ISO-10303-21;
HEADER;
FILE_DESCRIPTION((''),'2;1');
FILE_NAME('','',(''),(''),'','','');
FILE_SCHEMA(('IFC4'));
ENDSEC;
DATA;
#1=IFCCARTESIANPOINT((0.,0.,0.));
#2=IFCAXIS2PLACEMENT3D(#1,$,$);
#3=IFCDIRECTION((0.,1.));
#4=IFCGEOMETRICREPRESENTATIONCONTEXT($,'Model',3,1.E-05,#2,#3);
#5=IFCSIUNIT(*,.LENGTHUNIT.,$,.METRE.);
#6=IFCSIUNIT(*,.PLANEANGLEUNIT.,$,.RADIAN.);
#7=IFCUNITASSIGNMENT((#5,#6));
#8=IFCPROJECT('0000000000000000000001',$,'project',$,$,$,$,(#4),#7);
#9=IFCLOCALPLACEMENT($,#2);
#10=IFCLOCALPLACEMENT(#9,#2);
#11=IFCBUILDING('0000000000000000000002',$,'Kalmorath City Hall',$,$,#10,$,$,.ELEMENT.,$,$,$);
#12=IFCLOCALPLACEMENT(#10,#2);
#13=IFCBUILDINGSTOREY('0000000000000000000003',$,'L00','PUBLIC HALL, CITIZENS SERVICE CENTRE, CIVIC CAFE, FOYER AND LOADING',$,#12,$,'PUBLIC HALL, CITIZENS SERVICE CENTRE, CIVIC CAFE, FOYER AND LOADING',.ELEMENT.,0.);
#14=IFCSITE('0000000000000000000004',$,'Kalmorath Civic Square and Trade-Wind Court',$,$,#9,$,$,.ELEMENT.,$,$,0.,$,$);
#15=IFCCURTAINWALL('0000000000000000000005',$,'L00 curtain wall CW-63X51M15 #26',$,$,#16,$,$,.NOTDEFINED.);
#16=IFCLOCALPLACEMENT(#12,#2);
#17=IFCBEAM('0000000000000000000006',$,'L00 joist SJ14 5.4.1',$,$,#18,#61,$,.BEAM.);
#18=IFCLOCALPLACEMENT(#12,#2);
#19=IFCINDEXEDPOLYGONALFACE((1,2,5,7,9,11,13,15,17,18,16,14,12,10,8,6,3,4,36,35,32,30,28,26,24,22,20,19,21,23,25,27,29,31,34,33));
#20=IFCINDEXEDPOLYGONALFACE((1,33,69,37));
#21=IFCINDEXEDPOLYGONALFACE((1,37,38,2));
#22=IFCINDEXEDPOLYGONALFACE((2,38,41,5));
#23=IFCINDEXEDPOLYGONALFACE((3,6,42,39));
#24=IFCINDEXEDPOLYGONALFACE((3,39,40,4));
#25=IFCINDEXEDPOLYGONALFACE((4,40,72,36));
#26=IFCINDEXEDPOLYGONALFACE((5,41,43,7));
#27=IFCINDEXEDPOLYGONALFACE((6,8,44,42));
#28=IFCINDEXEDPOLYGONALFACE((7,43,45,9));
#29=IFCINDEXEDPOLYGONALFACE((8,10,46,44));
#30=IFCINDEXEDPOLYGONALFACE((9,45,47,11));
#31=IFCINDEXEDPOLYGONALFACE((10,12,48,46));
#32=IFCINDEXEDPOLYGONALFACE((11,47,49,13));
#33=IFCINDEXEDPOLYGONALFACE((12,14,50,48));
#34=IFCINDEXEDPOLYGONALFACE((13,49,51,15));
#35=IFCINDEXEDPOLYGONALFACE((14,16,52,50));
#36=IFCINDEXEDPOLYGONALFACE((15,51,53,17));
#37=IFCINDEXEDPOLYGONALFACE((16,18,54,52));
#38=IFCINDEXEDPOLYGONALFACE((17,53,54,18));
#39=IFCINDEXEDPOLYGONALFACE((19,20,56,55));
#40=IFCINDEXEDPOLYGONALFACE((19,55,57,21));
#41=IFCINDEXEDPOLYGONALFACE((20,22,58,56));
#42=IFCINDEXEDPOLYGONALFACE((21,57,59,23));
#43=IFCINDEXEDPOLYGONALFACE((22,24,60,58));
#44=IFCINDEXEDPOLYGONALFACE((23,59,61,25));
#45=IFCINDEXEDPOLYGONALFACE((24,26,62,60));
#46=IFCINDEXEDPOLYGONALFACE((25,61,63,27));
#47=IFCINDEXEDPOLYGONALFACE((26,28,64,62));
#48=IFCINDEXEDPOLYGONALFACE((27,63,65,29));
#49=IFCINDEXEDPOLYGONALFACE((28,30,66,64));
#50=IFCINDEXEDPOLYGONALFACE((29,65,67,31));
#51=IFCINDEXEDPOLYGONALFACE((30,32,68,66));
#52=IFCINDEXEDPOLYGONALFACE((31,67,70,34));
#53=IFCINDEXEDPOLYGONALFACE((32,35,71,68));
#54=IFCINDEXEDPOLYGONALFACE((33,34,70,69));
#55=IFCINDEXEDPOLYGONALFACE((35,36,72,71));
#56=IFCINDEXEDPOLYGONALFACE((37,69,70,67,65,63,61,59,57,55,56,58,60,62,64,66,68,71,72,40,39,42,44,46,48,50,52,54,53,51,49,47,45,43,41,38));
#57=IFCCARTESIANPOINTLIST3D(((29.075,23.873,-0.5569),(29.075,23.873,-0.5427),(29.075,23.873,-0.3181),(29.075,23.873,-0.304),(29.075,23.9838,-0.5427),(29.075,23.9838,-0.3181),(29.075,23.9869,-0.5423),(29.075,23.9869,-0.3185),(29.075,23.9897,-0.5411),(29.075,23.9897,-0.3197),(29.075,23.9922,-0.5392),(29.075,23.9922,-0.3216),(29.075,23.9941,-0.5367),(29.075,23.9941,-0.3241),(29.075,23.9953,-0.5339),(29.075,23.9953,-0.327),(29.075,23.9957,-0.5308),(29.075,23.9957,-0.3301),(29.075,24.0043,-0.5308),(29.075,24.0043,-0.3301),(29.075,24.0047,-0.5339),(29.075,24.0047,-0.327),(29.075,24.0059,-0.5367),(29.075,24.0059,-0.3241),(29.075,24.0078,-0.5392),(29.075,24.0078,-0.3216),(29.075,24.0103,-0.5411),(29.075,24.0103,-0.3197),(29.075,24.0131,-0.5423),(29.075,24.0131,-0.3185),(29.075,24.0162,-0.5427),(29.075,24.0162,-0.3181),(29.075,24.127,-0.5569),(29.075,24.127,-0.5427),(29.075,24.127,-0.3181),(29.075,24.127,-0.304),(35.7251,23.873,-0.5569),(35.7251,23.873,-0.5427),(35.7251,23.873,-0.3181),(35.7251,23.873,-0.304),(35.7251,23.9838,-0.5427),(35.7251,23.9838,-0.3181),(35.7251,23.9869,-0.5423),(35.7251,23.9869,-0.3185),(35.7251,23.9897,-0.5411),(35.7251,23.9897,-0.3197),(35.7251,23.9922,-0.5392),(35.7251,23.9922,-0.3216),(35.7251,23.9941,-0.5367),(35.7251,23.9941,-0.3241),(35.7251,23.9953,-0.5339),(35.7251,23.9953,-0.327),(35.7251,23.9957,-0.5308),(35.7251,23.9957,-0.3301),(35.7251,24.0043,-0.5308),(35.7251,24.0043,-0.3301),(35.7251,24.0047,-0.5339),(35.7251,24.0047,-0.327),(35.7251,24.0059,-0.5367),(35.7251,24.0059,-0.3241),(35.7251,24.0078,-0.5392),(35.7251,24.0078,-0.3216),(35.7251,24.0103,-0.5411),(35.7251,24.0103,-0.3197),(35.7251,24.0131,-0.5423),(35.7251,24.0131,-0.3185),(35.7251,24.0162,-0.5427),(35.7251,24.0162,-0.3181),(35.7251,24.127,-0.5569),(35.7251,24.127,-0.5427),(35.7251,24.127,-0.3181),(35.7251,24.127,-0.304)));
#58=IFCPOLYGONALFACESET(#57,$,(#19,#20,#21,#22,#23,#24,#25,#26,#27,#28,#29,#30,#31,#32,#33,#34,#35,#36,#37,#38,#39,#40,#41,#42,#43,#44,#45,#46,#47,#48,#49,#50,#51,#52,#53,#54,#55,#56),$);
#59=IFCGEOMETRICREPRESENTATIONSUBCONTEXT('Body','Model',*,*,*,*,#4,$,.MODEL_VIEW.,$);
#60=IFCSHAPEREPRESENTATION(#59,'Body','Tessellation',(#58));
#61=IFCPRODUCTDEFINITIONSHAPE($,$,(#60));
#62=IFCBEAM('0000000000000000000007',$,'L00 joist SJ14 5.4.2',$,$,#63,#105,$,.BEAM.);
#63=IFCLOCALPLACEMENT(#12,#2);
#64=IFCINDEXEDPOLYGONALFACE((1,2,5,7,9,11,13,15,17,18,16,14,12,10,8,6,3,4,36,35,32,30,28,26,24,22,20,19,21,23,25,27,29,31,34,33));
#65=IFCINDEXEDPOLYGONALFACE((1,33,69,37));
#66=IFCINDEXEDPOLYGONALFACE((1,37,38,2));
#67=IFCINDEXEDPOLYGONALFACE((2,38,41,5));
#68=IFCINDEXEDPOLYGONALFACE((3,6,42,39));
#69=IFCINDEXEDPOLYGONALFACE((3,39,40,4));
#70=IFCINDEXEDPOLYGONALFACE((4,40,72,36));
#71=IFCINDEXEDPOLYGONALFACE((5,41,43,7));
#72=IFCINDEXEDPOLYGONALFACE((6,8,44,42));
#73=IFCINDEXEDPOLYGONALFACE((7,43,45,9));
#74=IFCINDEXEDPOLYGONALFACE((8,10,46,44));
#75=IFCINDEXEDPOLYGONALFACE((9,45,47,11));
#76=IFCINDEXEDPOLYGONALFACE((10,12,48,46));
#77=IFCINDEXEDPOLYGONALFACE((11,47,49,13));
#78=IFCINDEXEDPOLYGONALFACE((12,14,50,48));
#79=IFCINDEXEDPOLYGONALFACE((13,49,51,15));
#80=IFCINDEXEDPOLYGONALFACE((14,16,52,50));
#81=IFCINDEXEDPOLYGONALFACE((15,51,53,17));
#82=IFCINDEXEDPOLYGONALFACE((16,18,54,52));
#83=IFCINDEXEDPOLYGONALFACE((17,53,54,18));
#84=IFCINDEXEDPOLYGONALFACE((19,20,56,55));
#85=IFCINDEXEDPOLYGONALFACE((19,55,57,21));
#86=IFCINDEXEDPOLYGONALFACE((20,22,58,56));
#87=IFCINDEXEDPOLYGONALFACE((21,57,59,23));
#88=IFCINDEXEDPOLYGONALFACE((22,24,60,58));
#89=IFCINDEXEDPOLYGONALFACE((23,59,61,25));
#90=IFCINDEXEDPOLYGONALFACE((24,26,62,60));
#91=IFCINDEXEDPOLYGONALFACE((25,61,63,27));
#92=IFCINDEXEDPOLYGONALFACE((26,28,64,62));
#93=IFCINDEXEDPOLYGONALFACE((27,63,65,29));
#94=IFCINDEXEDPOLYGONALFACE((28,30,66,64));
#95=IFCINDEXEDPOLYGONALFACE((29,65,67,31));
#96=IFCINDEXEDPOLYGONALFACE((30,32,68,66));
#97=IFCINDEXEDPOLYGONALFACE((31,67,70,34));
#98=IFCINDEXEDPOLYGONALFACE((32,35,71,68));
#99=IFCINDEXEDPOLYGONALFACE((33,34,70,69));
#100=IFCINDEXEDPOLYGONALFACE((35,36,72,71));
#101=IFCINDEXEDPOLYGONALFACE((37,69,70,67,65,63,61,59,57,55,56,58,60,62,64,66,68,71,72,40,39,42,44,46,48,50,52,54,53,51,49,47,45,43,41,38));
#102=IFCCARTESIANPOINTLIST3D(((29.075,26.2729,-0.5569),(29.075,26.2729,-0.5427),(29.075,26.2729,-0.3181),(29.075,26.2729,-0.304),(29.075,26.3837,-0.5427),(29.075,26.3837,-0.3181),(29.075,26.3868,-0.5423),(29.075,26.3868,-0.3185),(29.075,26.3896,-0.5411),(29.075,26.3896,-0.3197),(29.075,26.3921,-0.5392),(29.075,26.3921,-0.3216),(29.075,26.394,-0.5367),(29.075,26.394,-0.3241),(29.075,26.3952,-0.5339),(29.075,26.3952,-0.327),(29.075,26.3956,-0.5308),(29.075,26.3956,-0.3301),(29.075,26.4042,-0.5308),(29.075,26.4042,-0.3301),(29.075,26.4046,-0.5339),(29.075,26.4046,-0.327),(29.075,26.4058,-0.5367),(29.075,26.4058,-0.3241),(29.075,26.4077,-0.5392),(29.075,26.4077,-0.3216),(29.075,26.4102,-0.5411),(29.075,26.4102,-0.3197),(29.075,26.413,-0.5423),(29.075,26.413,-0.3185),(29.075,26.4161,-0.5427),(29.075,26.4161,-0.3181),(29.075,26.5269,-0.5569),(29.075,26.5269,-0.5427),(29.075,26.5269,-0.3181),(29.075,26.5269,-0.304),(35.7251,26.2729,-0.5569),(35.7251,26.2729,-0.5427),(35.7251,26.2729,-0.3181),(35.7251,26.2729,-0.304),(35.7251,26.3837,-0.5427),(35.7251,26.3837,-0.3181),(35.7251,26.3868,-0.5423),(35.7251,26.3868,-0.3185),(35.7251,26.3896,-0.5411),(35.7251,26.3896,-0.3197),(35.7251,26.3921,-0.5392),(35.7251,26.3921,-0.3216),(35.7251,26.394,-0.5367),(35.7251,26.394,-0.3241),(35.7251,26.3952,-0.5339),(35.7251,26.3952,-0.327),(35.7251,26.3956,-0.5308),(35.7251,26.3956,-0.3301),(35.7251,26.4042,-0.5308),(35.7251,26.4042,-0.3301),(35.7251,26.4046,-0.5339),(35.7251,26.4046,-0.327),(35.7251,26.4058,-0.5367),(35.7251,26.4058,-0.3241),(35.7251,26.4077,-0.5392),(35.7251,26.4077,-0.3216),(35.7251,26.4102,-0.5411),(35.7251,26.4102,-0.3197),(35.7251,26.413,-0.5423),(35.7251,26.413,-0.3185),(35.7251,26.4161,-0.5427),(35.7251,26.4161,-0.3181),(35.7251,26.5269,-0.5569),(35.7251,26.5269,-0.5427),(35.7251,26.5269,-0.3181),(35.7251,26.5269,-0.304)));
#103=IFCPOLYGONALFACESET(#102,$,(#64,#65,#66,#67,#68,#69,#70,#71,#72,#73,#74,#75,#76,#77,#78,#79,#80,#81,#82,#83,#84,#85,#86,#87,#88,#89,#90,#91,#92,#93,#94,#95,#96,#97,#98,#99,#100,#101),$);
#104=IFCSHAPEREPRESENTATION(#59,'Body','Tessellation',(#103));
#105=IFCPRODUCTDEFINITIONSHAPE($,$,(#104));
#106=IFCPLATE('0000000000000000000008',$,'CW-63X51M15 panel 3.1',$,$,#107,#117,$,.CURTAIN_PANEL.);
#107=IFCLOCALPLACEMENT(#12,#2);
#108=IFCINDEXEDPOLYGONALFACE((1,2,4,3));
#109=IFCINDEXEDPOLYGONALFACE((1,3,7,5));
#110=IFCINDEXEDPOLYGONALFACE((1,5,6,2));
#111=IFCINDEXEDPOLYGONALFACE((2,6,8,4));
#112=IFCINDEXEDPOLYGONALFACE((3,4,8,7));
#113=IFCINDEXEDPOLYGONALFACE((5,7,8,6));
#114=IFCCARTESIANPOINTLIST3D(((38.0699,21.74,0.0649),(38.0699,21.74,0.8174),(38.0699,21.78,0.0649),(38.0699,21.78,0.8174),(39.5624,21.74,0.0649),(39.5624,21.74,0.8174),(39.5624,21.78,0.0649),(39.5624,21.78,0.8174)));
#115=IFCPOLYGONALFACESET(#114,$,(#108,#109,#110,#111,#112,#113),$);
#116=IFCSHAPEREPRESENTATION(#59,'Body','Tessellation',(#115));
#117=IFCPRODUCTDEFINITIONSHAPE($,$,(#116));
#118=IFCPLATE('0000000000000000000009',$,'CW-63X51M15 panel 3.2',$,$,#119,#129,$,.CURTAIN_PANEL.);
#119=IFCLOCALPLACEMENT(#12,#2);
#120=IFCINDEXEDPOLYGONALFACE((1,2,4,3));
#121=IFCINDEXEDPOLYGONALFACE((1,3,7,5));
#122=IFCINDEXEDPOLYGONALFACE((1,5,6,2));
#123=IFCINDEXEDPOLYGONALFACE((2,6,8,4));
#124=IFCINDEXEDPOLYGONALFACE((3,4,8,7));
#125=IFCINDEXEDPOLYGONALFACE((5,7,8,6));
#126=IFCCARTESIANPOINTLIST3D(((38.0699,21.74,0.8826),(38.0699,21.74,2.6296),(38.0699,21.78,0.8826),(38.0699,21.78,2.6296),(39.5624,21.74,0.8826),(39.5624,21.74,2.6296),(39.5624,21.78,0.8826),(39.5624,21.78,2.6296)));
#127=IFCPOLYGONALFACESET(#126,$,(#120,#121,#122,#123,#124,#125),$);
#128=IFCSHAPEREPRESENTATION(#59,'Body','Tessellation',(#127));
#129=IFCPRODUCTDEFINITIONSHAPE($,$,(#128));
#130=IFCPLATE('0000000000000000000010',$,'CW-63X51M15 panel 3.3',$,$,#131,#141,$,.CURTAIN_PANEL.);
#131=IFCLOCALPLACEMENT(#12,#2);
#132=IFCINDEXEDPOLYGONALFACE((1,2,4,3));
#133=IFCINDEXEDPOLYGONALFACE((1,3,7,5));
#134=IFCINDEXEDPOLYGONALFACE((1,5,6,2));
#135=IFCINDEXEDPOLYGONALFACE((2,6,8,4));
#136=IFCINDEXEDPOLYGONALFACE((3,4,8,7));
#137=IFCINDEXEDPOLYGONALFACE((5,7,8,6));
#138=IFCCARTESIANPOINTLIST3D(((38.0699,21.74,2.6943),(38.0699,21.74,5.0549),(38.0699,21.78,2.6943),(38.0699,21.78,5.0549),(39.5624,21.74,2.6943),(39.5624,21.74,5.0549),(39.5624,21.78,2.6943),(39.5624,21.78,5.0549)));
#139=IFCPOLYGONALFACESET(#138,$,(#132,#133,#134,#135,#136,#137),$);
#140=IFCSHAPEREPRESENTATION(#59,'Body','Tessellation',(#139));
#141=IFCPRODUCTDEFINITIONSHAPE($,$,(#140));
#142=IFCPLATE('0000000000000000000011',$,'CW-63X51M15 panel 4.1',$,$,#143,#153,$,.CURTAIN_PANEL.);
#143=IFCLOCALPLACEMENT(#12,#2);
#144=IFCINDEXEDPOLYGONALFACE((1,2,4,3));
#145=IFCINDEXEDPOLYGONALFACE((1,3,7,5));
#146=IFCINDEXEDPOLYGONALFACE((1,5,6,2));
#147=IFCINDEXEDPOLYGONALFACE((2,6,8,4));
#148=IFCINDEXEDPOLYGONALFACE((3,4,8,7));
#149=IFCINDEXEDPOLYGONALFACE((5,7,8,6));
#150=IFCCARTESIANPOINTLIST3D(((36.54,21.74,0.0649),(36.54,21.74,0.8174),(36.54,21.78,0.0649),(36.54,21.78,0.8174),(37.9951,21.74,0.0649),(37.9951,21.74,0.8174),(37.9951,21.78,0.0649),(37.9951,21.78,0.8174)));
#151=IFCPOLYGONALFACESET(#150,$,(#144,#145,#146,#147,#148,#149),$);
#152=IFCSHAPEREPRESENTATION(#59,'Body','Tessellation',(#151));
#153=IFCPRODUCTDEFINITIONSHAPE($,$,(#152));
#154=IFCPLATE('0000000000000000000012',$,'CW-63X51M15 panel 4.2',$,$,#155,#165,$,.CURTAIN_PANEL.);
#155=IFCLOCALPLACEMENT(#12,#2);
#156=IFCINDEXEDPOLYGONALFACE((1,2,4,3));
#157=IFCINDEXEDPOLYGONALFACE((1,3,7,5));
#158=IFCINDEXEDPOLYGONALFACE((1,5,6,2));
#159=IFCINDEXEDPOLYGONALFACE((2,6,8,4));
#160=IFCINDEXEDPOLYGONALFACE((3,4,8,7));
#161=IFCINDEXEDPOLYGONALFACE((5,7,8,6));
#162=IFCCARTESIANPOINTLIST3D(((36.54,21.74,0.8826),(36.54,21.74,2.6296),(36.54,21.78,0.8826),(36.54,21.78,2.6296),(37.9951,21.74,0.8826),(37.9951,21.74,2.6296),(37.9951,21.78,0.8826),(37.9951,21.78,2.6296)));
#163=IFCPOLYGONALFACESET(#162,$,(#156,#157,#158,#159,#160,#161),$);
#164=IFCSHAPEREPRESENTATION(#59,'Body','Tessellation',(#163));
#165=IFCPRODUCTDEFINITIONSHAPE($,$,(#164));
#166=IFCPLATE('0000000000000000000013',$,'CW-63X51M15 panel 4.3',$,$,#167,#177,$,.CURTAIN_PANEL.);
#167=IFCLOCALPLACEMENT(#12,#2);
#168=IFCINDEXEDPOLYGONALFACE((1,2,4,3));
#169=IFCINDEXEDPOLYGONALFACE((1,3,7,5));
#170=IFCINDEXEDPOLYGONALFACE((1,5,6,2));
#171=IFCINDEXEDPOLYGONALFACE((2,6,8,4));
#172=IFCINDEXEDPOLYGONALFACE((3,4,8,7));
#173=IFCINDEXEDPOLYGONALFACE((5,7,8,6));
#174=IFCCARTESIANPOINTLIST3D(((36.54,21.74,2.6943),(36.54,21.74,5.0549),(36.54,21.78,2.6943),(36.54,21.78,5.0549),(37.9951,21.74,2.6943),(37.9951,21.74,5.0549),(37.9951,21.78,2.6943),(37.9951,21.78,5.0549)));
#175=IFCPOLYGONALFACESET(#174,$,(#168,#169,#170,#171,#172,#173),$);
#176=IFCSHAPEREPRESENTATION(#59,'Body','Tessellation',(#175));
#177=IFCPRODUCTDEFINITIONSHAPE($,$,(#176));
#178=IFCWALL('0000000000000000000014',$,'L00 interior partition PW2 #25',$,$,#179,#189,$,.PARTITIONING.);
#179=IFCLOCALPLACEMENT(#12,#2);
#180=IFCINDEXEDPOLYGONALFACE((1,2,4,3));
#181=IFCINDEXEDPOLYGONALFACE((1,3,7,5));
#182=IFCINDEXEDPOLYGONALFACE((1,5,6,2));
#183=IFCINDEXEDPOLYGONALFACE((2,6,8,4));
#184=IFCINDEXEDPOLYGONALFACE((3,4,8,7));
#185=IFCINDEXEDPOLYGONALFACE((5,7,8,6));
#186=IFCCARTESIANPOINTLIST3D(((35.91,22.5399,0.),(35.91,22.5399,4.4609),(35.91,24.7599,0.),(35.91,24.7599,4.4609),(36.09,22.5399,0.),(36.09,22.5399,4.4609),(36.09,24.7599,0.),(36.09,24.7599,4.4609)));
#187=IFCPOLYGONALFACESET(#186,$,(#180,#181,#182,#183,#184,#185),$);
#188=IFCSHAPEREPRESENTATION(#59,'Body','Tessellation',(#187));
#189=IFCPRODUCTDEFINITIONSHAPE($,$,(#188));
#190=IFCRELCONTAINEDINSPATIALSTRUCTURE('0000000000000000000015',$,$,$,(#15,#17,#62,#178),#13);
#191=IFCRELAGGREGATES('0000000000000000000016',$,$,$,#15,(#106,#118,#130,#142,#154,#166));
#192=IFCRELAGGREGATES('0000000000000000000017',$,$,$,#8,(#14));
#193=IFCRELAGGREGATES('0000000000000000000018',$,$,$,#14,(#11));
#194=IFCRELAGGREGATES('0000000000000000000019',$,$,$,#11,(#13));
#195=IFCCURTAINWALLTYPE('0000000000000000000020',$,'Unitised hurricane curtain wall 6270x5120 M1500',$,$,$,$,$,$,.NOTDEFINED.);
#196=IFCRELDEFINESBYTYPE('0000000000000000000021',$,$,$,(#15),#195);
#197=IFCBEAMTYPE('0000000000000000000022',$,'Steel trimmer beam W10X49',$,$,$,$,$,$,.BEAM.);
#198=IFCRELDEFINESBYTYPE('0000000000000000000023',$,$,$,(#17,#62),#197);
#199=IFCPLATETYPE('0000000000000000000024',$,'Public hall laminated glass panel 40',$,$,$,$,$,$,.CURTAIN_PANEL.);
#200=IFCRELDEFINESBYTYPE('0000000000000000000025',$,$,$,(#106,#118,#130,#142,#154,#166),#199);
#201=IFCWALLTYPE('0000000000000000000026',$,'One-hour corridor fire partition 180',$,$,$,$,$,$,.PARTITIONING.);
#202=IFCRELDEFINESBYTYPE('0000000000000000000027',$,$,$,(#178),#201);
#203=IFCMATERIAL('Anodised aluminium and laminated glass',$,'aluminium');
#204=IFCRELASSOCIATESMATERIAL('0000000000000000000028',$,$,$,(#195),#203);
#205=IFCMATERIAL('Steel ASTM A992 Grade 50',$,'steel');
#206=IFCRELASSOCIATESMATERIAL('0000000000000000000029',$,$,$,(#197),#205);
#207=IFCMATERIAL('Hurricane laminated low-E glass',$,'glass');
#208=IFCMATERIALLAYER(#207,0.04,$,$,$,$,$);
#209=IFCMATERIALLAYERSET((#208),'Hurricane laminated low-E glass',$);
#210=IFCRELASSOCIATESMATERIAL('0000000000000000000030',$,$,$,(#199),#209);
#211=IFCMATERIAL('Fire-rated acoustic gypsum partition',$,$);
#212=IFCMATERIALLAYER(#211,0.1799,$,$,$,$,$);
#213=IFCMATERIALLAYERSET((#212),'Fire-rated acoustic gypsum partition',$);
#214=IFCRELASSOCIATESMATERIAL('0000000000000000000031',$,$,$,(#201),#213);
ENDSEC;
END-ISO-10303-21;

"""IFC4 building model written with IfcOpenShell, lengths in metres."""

from ifc_helpers import new_model, si_unit, direction, frame, frame_2d, origin, origin_2d, place, context, subcontext, project, spatial, rectangle, i_section, extrude, material, layer, layer_set, material_profile, profile_set, type_object, element, aggregate, save


model = new_model("IFC4")

# Units and contexts
model_context = context("Model", 3, precision=1e-05, world=origin(), true_north=direction((0.0, 1.0)))
body_context = subcontext(model_context, "Body", "Model", "MODEL_VIEW")
ifc_project = project(units=[si_unit("LENGTHUNIT", "METRE"), si_unit("PLANEANGLEUNIT", "RADIAN")], contexts=[model_context])

# Site, building, storey
site_placement = place(None, origin())
site = spatial("IfcSite", under=ifc_project, at=site_placement, Name="Kalmorath Civic Square and Trade-Wind Court", CompositionType="ELEMENT", RefElevation=0.0)
building_placement = place(site_placement, origin())
building = spatial("IfcBuilding", under=site, at=building_placement, Name="Kalmorath City Hall", CompositionType="ELEMENT")
storey_placement = place(building_placement, origin())
storey = spatial("IfcBuildingStorey", under=building, at=storey_placement, Name="L00", Description="PUBLIC HALL, CITIZENS SERVICE CENTRE, CIVIC CAFE, FOYER AND LOADING", LongName="PUBLIC HALL, CITIZENS SERVICE CENTRE, CIVIC CAFE, FOYER AND LOADING", CompositionType="ELEMENT", Elevation=0.0)

# Curtain wall
ifc_material_1 = material(Name="Anodised aluminium and laminated glass", Category="aluminium")
curtain_wall_type = type_object("IfcCurtainWallType", Name="Unitised hurricane curtain wall 6270x5120 M1500", PredefinedType="NOTDEFINED", material=ifc_material_1)
curtain_wall_placement = place(storey_placement, origin())
curtain_wall = element("IfcCurtainWall", 1, at=curtain_wall_placement, inside=storey, type_object=curtain_wall_type, Name="L00 curtain wall CW-63X51M15 #26", PredefinedType="NOTDEFINED")

# Beams
ifc_material_2 = material(Name="Steel ASTM A992 Grade 50", Category="steel")
ifc_material_profile_1 = material_profile(ifc_material_2, i_section(OverallWidth=0.2539, OverallDepth=0.2529, WebThickness=0.0085, FlangeThickness=0.0142, FilletRadius=0.012, at=origin_2d()), Name="W10X49")
ifc_profile_set_1 = profile_set([ifc_material_profile_1], Name="Steel ASTM A992 Grade 50")
beam_type_1 = type_object("IfcBeamType", Name="Steel trimmer beam W10X49", PredefinedType="BEAM", material=ifc_profile_set_1)
for number, where, z_axis, x_axis, name in (
    (2, (29.075, 24.0, -0.4304), (1.0, 0.0, 0.0), (0.0, 1.0, 0.0), "L00 joist SJ14 5.4.1"),
    (3, (29.075, 26.3999, -0.4304), (1.0, 0.0, 0.0), (0.0, 1.0, 0.0), "L00 joist SJ14 5.4.2"),
):
    element("IfcBeam", number, at=place(storey_placement, frame(where, z_axis=z_axis, x_axis=x_axis)), inside=storey, type_object=beam_type_1, Name=name, PredefinedType="BEAM", context=body_context, shape_type="SweptSolid", body=[
        extrude(i_section(OverallWidth=0.2539, OverallDepth=0.2529, WebThickness=0.0085, FlangeThickness=0.0142, FilletRadius=0.012, at=origin_2d()), origin(), (0.0, 0.0, 1.0), 6.6501),
    ])

# Plates
ifc_material_3 = material(Name="Hurricane laminated low-E glass", Category="glass")
ifc_layer_1 = layer(ifc_material_3, 0.04)
ifc_layer_set_1 = layer_set([ifc_layer_1], Name="Hurricane laminated low-E glass")
plate_type = type_object("IfcPlateType", Name="Public hall laminated glass panel 40", PredefinedType="CURTAIN_PANEL", material=ifc_layer_set_1)
plate_1_placement = place(storey_placement, frame((38.8162, 21.76, 0.0649), z_axis=(0.0, 0.0, 1.0), x_axis=(-1.0, 0.0, 0.0)))
plate_1 = element("IfcPlate", 4, at=plate_1_placement, type_object=plate_type, Name="CW-63X51M15 panel 3.1", PredefinedType="CURTAIN_PANEL", context=body_context, shape_type="SweptSolid", body=[
    extrude(rectangle(XDim=1.4924, YDim=0.04, at=origin_2d()), origin(), (0.0, 0.0, 1.0), 0.7524),
])
plate_2_placement = place(storey_placement, frame((38.8162, 21.76, 0.8826), z_axis=(0.0, 0.0, 1.0), x_axis=(-1.0, 0.0, 0.0)))
plate_2 = element("IfcPlate", 5, at=plate_2_placement, type_object=plate_type, Name="CW-63X51M15 panel 3.2", PredefinedType="CURTAIN_PANEL", context=body_context, shape_type="SweptSolid", body=[
    extrude(rectangle(XDim=1.4924, YDim=0.04, at=origin_2d()), origin(), (0.0, 0.0, 1.0), 1.7471),
])
plate_3_placement = place(storey_placement, frame((38.8162, 21.76, 2.6943), z_axis=(0.0, 0.0, 1.0), x_axis=(-1.0, 0.0, 0.0)))
plate_3 = element("IfcPlate", 6, at=plate_3_placement, type_object=plate_type, Name="CW-63X51M15 panel 3.3", PredefinedType="CURTAIN_PANEL", context=body_context, shape_type="SweptSolid", body=[
    extrude(rectangle(XDim=1.4924, YDim=0.04, at=origin_2d()), origin(), (0.0, 0.0, 1.0), 2.3606),
])
plate_4_placement = place(storey_placement, frame((37.2676, 21.76, 0.0649), z_axis=(0.0, 0.0, 1.0), x_axis=(-1.0, 0.0, 0.0)))
plate_4 = element("IfcPlate", 7, at=plate_4_placement, type_object=plate_type, Name="CW-63X51M15 panel 4.1", PredefinedType="CURTAIN_PANEL", context=body_context, shape_type="SweptSolid", body=[
    extrude(rectangle(XDim=1.4551, YDim=0.04, at=origin_2d()), origin(), (0.0, 0.0, 1.0), 0.7524),
])
plate_5_placement = place(storey_placement, frame((37.2676, 21.76, 0.8826), z_axis=(0.0, 0.0, 1.0), x_axis=(-1.0, 0.0, 0.0)))
plate_5 = element("IfcPlate", 8, at=plate_5_placement, type_object=plate_type, Name="CW-63X51M15 panel 4.2", PredefinedType="CURTAIN_PANEL", context=body_context, shape_type="SweptSolid", body=[
    extrude(rectangle(XDim=1.4551, YDim=0.04, at=origin_2d()), origin(), (0.0, 0.0, 1.0), 1.7471),
])
plate_6_placement = place(storey_placement, frame((37.2676, 21.76, 2.6943), z_axis=(0.0, 0.0, 1.0), x_axis=(-1.0, 0.0, 0.0)))
plate_6 = element("IfcPlate", 9, at=plate_6_placement, type_object=plate_type, Name="CW-63X51M15 panel 4.3", PredefinedType="CURTAIN_PANEL", context=body_context, shape_type="SweptSolid", body=[
    extrude(rectangle(XDim=1.4551, YDim=0.04, at=origin_2d()), origin(), (0.0, 0.0, 1.0), 2.3606),
])
aggregate(curtain_wall, [plate_1, plate_2, plate_3, plate_4, plate_5, plate_6])

# Wall
ifc_material_4 = material(Name="Fire-rated acoustic gypsum partition")
ifc_layer_2 = layer(ifc_material_4, 0.1799)
ifc_layer_set_2 = layer_set([ifc_layer_2], Name="Fire-rated acoustic gypsum partition")
wall_type = type_object("IfcWallType", Name="One-hour corridor fire partition 180", PredefinedType="PARTITIONING", material=ifc_layer_set_2)
wall_placement = place(storey_placement, frame((36.0, 22.54, 0.0), z_axis=(0.0, 0.0, 1.0), x_axis=(0.0, 1.0, 0.0)))
element("IfcWall", 10, at=wall_placement, inside=storey, type_object=wall_type, Name="L00 interior partition PW2 #25", PredefinedType="PARTITIONING", context=body_context, shape_type="SweptSolid", body=[
    extrude(rectangle(XDim=2.22, YDim=0.1799, at=frame_2d((1.1099, 0.0))), origin(), (0.0, 0.0, 1.0), 4.4609),
])

save(model, "model.ifc")
